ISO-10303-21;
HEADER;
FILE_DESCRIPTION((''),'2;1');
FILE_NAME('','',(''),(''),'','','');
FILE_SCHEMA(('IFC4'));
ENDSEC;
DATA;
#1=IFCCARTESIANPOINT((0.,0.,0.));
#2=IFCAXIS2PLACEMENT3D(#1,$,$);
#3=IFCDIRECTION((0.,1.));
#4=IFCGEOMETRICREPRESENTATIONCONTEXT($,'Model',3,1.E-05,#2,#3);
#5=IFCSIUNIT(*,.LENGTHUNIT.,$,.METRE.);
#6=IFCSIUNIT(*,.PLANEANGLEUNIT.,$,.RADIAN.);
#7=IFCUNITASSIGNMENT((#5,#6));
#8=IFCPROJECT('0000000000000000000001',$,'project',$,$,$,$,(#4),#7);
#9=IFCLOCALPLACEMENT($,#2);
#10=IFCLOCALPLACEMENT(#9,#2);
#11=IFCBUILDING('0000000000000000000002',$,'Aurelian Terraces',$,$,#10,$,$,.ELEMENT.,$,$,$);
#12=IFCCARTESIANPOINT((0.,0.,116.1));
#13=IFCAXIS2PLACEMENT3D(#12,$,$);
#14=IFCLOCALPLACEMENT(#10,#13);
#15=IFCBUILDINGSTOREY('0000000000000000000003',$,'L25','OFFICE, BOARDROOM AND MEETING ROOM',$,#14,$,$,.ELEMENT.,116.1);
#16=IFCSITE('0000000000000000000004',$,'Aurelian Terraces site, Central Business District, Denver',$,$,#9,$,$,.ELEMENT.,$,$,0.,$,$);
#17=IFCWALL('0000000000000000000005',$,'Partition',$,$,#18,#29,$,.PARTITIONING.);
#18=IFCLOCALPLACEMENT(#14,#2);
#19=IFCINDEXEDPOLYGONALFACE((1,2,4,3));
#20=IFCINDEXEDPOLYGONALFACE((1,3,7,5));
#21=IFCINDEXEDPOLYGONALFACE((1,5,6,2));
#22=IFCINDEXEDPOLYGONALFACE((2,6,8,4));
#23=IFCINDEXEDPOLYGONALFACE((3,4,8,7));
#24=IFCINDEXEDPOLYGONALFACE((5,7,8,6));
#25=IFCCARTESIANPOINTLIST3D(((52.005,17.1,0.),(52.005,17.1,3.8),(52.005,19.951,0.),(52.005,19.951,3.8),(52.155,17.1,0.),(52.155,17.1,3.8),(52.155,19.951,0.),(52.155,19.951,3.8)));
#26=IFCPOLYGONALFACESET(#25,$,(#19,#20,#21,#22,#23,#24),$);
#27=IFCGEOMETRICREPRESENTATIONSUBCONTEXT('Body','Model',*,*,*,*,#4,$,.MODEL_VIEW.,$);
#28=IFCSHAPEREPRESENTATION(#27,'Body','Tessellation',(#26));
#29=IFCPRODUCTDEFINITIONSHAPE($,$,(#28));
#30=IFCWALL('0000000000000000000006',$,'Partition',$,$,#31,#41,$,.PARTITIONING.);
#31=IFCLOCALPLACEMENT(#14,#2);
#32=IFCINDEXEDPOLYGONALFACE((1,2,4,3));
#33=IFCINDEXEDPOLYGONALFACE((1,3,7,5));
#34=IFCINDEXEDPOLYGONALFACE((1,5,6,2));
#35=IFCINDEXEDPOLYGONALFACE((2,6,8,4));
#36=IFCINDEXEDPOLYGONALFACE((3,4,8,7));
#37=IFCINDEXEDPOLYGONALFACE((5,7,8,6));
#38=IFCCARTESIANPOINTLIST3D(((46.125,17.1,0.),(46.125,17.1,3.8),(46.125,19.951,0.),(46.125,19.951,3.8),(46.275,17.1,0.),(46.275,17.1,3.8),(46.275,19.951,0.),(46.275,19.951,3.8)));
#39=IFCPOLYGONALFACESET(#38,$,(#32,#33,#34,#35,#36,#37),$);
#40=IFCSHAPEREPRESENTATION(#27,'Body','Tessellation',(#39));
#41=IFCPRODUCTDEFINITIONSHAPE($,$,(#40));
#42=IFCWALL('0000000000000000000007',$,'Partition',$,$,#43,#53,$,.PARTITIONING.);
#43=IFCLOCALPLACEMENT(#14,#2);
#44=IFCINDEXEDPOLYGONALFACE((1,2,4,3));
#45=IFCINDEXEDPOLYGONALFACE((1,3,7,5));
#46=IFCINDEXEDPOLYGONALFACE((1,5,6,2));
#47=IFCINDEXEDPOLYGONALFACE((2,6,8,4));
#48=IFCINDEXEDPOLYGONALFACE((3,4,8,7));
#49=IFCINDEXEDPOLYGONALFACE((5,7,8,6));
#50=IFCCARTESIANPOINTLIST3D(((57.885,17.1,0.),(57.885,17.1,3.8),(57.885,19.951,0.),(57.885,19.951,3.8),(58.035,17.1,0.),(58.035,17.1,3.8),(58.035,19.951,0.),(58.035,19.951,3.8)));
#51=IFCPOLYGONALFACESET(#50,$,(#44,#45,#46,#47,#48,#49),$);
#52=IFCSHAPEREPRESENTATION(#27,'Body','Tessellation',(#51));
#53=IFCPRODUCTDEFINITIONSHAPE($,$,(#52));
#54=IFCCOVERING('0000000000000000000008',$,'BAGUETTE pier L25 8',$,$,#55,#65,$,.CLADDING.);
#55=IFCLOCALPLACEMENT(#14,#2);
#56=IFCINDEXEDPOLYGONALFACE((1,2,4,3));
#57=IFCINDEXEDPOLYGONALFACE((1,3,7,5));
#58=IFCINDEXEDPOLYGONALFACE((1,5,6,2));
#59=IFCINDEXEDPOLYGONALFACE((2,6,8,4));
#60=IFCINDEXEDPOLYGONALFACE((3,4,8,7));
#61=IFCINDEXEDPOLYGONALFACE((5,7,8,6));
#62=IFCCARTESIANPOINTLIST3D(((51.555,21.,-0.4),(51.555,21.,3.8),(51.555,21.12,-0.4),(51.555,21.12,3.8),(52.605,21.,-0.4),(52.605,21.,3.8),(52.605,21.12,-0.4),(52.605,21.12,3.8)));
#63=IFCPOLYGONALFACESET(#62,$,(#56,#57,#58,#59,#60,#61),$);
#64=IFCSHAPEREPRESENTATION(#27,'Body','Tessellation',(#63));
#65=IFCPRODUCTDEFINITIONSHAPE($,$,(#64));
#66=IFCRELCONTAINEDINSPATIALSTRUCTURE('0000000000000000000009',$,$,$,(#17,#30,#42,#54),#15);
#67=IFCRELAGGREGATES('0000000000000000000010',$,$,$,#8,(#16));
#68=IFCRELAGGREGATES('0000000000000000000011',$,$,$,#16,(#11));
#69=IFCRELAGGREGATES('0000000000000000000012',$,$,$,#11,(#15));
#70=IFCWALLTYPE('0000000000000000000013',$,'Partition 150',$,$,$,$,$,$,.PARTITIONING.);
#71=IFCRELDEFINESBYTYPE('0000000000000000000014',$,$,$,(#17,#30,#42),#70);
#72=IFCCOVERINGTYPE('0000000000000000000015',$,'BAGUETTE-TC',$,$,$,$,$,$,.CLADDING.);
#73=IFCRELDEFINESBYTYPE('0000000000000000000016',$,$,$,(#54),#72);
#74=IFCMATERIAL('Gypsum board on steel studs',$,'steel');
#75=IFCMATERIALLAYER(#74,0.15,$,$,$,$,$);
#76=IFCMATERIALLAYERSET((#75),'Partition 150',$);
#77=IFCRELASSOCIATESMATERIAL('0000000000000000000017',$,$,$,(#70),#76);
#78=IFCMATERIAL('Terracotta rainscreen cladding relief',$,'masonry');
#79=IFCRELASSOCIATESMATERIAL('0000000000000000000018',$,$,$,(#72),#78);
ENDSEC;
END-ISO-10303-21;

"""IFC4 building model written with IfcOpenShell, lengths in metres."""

from ifc_helpers import new_model, si_unit, direction, frame, frame_2d, origin, origin_2d, place, context, subcontext, project, spatial, rectangle, extrude, source, transform, mapped, material, layer, layer_set, type_object, element, save


model = new_model("IFC4")

# Units and contexts
model_context = context("Model", 3, precision=1e-05, world=origin(), true_north=direction((0.0, 1.0)))
body_context = subcontext(model_context, "Body", "Model", "MODEL_VIEW")
ifc_project = project(units=[si_unit("LENGTHUNIT", "METRE"), si_unit("PLANEANGLEUNIT", "RADIAN")], contexts=[model_context])

# Site, building, storey
site_placement = place(None, origin())
site = spatial("IfcSite", under=ifc_project, at=site_placement, Name="Aurelian Terraces site, Central Business District, Denver", CompositionType="ELEMENT", RefElevation=0.0)
building_placement = place(site_placement, origin())
building = spatial("IfcBuilding", under=site, at=building_placement, Name="Aurelian Terraces", CompositionType="ELEMENT")
storey_placement = place(building_placement, frame((0.0, 0.0, 116.1)))
storey = spatial("IfcBuildingStorey", under=building, at=storey_placement, Name="L25", Description="OFFICE, BOARDROOM AND MEETING ROOM", CompositionType="ELEMENT", Elevation=116.1)

# Shared definitions
ifc_material_1 = material(Name="Gypsum board on steel studs", Category="steel")
ifc_layer_1 = layer(ifc_material_1, 0.15)
ifc_layer_set_1 = layer_set([ifc_layer_1], Name="Partition 150")
wall_type_1 = type_object("IfcWallType", Name="Partition 150", PredefinedType="PARTITIONING", material=ifc_layer_set_1)

# Walls
shared_shape_1 = source(origin(), body_context, "Body", "SweptSolid", [
    extrude(rectangle(XDim=2.851, YDim=0.15, at=frame_2d((1.4255, 0.0))), origin(), (0.0, 0.0, 1.0), 3.8),
])
for number, where, z_axis, x_axis, name in (
    (1, (52.08, 19.951, 0.0), (0.0, 0.0, 1.0), (0.0, -1.0, 0.0), "Partition"),
    (2, (46.2, 17.1, 0.0), (0.0, 0.0, 1.0), (0.0, 1.0, 0.0), "Partition"),
    (3, (57.96, 17.1, 0.0), (0.0, 0.0, 1.0), (0.0, 1.0, 0.0), "Partition"),
):
    element("IfcWall", number, at=place(storey_placement, frame(where, z_axis=z_axis, x_axis=x_axis)), inside=storey, type_object=wall_type_1, Name=name, PredefinedType="PARTITIONING", context=body_context, shape_type="MappedRepresentation", body=[
        mapped(shared_shape_1, transform((0.0, 0.0, 0.0), scale=1.0)),
    ])

# Covering
ifc_material_2 = material(Name="Terracotta rainscreen cladding relief", Category="masonry")
covering_type = type_object("IfcCoveringType", Name="BAGUETTE-TC", PredefinedType="CLADDING", material=ifc_material_2)
shared_shape_2 = source(origin(), body_context, "Body", "SweptSolid", [
    extrude(rectangle(XDim=1.05, YDim=0.12, at=origin_2d()), origin(), (0.0, 0.0, 1.0), 4.2),
])
covering_placement = place(storey_placement, frame((52.08, 21.06, -0.4), z_axis=(0.0, 0.0, 1.0), x_axis=(1.0, 0.0, 0.0)))
element("IfcCovering", 4, at=covering_placement, inside=storey, type_object=covering_type, Name="BAGUETTE pier L25 8", PredefinedType="CLADDING", context=body_context, shape_type="MappedRepresentation", body=[
    mapped(shared_shape_2, transform((0.0, 0.0, 0.0), scale=1.0)),
])

save(model, "model.ifc")
